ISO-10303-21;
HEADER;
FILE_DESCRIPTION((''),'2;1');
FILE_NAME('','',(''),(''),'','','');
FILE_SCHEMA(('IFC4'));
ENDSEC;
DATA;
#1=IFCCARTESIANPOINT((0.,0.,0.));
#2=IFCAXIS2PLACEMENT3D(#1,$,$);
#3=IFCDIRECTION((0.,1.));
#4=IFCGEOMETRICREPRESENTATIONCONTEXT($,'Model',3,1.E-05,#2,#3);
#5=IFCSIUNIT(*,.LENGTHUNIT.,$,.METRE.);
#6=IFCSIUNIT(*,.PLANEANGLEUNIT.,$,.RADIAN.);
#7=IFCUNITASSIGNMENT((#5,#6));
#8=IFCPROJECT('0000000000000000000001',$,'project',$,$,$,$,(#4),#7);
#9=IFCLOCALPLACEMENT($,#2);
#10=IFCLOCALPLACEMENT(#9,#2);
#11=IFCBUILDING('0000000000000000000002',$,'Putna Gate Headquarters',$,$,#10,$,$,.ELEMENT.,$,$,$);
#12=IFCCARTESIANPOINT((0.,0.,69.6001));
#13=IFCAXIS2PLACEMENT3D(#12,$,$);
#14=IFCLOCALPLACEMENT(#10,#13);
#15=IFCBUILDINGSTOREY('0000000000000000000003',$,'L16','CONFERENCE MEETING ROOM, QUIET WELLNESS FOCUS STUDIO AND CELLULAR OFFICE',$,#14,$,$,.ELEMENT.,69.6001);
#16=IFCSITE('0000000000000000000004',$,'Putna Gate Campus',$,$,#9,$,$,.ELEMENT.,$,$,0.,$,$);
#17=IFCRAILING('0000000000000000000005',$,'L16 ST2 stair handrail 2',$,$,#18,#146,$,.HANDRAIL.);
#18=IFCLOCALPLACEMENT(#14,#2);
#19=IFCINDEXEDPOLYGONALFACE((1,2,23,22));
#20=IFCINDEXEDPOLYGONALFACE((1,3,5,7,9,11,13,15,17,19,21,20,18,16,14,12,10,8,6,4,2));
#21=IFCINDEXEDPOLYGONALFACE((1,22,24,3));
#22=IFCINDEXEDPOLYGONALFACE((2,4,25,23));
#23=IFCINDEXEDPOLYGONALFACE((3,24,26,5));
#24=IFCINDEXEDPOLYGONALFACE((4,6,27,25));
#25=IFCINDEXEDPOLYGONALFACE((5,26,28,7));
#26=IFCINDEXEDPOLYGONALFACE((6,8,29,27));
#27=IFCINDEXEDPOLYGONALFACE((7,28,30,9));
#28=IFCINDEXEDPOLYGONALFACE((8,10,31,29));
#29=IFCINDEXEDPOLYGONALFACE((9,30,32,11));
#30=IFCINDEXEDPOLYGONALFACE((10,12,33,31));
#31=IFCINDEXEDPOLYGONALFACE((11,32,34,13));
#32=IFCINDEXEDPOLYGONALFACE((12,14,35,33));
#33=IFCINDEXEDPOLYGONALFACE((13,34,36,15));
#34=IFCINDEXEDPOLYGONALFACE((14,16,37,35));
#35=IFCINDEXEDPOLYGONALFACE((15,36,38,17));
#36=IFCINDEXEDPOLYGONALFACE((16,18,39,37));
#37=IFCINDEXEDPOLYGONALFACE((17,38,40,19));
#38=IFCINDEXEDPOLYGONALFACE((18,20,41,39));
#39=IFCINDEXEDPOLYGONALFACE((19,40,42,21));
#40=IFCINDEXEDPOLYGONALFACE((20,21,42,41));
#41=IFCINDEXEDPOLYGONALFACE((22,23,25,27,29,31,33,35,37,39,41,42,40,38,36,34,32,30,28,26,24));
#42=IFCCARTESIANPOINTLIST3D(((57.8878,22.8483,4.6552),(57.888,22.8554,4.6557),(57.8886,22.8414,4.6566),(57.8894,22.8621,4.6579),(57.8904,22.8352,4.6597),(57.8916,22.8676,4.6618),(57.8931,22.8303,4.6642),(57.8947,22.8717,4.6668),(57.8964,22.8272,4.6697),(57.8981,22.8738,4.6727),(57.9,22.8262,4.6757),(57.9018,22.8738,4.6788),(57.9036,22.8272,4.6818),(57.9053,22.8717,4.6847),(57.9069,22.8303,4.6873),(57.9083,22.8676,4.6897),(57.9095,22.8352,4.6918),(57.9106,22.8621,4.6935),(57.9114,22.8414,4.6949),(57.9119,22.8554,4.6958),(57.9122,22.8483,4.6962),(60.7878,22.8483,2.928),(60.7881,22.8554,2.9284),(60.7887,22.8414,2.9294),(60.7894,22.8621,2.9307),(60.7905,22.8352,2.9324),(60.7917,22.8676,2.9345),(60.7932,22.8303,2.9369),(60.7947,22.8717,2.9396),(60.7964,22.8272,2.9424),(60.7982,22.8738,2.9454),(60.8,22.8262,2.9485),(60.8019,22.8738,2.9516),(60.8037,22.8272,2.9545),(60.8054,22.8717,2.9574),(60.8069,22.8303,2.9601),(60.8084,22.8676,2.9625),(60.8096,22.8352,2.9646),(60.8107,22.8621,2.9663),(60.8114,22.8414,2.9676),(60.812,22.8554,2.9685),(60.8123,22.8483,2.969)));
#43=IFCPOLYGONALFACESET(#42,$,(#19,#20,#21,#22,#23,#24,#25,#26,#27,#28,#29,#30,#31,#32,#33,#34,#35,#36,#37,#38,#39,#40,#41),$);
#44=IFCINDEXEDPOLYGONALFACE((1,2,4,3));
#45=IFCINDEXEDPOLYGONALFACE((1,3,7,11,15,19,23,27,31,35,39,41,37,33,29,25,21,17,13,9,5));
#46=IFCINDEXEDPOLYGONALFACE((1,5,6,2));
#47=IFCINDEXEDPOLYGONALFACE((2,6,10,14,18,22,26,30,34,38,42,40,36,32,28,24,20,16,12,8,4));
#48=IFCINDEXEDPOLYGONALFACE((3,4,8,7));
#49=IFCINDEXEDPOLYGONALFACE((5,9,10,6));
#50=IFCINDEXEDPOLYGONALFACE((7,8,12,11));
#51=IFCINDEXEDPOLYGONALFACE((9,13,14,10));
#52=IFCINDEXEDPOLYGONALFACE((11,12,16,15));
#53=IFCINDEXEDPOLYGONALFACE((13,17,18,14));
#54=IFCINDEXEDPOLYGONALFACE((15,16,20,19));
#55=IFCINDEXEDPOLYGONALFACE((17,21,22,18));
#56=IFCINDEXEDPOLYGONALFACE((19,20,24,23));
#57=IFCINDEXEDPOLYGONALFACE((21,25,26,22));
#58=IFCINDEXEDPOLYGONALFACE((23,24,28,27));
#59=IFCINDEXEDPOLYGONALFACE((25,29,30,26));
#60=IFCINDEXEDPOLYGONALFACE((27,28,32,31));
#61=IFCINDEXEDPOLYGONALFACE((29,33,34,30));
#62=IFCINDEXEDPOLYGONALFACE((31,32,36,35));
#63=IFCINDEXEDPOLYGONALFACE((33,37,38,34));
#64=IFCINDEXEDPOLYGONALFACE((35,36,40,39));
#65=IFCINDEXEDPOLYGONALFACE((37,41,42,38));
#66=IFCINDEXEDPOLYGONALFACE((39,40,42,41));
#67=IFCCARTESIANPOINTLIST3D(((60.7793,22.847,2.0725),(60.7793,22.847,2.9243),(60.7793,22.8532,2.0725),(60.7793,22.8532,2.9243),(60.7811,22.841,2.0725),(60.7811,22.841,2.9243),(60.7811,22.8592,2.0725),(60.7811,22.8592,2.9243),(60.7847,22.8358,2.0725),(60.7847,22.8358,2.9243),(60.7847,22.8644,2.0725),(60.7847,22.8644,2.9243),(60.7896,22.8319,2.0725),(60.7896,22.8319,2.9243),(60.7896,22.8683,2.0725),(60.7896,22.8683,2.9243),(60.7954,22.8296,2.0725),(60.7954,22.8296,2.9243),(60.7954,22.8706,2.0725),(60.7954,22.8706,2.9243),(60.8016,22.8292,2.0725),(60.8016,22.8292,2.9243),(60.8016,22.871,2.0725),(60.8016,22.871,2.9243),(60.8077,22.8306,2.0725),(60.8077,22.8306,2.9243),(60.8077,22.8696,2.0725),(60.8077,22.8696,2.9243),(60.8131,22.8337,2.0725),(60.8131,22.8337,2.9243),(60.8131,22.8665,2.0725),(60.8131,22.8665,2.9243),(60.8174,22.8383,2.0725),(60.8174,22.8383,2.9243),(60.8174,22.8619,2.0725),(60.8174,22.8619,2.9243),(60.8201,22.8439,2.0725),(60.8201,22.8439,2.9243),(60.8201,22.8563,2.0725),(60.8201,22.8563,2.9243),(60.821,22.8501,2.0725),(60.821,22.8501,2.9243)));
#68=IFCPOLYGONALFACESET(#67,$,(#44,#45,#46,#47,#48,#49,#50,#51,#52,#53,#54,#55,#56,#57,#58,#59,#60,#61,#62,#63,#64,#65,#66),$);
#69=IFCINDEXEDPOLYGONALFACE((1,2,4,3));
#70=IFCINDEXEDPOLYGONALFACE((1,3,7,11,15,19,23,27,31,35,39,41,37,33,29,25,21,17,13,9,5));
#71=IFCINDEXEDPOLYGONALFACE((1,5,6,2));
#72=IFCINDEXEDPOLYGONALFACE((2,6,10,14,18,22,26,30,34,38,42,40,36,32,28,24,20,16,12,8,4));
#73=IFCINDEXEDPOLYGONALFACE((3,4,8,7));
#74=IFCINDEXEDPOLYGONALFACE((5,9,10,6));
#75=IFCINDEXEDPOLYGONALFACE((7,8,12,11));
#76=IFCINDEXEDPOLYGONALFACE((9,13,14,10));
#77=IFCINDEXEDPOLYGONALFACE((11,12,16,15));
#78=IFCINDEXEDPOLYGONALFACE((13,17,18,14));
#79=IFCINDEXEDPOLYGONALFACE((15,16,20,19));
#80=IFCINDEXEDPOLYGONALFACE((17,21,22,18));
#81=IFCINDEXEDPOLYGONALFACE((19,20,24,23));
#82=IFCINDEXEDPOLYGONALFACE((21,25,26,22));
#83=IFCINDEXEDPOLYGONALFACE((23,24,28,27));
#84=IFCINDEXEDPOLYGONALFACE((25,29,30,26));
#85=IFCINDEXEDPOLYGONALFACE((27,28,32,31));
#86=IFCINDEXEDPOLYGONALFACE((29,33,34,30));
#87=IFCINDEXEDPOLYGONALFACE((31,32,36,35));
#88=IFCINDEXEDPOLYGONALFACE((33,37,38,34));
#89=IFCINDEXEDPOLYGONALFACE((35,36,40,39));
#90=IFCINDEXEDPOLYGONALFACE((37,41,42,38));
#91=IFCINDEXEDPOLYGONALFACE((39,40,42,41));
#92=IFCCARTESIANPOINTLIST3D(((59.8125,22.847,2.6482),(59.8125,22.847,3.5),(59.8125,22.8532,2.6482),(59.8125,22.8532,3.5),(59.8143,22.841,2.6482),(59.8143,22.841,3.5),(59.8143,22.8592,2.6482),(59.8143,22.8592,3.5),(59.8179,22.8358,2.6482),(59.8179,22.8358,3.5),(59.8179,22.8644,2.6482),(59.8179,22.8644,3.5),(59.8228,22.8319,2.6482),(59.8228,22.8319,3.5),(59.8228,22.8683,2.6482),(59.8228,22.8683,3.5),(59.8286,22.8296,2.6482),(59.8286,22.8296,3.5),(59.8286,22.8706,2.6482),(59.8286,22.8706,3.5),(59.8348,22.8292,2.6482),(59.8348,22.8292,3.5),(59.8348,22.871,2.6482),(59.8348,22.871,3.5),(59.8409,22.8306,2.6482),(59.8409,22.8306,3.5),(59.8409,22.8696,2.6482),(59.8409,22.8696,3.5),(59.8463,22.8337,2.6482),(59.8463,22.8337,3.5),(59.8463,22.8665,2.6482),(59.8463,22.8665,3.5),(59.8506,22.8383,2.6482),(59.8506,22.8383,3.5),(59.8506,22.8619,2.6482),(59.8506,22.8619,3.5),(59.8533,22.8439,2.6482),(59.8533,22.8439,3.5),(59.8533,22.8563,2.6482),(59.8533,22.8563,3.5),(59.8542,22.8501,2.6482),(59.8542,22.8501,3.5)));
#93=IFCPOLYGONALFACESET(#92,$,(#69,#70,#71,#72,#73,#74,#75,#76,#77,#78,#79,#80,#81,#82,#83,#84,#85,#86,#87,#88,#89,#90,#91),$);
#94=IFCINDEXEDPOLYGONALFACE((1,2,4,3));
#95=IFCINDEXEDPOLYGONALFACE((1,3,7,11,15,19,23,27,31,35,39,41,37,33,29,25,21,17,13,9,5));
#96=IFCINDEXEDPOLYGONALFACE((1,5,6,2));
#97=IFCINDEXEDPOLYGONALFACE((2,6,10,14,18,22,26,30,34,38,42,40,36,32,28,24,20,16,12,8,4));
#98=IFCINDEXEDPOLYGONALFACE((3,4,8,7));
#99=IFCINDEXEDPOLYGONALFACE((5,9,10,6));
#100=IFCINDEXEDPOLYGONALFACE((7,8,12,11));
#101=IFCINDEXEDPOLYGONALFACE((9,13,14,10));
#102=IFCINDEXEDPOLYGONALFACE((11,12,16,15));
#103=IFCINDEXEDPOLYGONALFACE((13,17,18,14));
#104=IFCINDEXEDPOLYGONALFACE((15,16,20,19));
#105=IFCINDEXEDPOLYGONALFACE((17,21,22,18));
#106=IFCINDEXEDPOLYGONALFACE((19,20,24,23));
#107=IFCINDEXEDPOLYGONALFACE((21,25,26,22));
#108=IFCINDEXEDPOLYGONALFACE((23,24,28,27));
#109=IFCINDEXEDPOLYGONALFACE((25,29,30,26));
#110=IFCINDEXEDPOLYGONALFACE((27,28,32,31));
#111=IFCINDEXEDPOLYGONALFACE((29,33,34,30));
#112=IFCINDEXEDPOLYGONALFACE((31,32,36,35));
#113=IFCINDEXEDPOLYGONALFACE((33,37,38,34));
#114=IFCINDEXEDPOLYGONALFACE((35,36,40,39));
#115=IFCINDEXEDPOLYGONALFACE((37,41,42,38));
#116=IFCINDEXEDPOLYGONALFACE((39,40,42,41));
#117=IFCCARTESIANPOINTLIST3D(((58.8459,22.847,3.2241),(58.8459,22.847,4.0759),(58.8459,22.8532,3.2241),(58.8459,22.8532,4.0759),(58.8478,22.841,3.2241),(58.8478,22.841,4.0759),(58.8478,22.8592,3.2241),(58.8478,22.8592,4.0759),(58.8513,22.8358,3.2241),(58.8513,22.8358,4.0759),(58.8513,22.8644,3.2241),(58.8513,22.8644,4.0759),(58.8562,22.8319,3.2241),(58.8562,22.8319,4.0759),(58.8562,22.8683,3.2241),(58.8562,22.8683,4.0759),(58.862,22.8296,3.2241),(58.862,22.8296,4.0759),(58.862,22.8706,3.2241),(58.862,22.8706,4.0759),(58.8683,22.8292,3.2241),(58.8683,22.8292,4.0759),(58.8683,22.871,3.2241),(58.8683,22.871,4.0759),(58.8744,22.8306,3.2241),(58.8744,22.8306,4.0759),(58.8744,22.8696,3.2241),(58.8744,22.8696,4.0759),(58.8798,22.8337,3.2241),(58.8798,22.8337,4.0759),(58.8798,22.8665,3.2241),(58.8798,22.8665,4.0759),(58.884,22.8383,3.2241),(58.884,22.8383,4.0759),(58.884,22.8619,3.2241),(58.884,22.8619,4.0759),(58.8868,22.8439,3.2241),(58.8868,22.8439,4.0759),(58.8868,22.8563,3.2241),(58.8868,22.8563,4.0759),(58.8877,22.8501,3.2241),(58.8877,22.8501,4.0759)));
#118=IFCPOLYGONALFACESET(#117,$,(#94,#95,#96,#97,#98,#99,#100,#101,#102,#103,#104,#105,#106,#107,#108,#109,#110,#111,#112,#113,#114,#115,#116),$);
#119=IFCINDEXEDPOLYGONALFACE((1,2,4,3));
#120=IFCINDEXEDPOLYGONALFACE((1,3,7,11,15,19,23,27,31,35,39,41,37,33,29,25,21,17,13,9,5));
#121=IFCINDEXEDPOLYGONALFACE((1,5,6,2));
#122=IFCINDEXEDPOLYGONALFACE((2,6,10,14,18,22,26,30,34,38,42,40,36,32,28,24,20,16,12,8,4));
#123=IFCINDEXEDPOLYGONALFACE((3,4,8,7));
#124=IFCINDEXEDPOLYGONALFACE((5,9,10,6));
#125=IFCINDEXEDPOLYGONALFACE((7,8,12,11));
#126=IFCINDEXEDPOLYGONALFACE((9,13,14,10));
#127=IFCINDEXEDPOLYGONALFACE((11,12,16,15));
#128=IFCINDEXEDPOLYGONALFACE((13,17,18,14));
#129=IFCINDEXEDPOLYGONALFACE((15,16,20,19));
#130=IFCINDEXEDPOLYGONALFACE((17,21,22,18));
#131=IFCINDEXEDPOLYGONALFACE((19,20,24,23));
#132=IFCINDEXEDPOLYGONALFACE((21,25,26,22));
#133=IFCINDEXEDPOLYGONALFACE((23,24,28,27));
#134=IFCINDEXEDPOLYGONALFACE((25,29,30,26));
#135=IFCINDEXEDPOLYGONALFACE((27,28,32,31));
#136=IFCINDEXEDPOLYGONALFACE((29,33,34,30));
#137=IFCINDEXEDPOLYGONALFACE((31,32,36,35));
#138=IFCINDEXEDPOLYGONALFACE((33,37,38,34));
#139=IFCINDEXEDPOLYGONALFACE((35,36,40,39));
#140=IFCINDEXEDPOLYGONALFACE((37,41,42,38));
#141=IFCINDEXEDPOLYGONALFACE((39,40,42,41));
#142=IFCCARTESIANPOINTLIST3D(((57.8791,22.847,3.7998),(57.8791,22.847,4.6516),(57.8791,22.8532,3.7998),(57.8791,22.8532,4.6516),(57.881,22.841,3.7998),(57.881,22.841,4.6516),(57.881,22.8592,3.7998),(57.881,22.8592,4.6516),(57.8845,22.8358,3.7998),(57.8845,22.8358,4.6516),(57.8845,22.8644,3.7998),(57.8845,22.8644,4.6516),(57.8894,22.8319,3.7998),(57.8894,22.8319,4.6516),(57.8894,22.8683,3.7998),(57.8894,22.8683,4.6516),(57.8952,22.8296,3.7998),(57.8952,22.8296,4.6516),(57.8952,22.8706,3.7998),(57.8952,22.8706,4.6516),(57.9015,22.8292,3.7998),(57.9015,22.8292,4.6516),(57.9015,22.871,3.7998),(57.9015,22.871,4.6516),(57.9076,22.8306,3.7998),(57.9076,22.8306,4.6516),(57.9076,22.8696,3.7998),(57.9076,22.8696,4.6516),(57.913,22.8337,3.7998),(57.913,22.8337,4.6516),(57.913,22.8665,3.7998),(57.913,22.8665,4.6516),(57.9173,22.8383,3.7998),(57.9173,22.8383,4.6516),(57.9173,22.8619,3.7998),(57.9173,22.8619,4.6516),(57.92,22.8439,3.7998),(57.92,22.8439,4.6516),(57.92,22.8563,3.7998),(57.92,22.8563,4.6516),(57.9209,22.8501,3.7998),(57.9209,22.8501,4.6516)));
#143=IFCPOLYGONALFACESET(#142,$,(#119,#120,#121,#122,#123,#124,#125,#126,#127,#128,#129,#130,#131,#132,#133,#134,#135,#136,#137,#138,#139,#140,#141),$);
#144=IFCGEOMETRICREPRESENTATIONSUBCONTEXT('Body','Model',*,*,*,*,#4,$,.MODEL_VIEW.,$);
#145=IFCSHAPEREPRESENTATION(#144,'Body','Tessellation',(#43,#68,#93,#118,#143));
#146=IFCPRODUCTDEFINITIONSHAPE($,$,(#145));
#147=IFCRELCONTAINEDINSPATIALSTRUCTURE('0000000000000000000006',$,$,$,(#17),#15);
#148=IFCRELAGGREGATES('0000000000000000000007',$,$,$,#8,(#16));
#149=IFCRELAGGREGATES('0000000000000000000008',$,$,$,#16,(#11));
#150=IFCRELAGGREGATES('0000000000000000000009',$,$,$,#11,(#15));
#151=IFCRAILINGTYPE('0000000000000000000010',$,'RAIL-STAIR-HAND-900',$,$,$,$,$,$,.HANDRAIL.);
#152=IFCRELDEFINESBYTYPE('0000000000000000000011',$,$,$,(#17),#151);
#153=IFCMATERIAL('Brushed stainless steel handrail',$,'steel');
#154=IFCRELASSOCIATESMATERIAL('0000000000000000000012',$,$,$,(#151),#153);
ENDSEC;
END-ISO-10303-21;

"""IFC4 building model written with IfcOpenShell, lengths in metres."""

from ifc_helpers import new_model, si_unit, direction, frame, origin, origin_2d, place, context, subcontext, project, spatial, circle, extrude, material, type_object, element, save


model = new_model("IFC4")

# Units and contexts
model_context = context("Model", 3, precision=1e-05, world=origin(), true_north=direction((0.0, 1.0)))
body_context = subcontext(model_context, "Body", "Model", "MODEL_VIEW")
ifc_project = project(units=[si_unit("LENGTHUNIT", "METRE"), si_unit("PLANEANGLEUNIT", "RADIAN")], contexts=[model_context])

# Site, building, storey
site_placement = place(None, origin())
site = spatial("IfcSite", under=ifc_project, at=site_placement, Name="Putna Gate Campus", CompositionType="ELEMENT", RefElevation=0.0)
building_placement = place(site_placement, origin())
building = spatial("IfcBuilding", under=site, at=building_placement, Name="Putna Gate Headquarters", CompositionType="ELEMENT")
storey_placement = place(building_placement, frame((0.0, 0.0, 69.6001)))
storey = spatial("IfcBuildingStorey", under=building, at=storey_placement, Name="L16", Description="CONFERENCE MEETING ROOM, QUIET WELLNESS FOCUS STUDIO AND CELLULAR OFFICE", CompositionType="ELEMENT", Elevation=69.6001)

# Railing
ifc_material_1 = material(Name="Brushed stainless steel handrail", Category="steel")
railing_type = type_object("IfcRailingType", Name="RAIL-STAIR-HAND-900", PredefinedType="HANDRAIL", material=ifc_material_1)
railing_placement = place(storey_placement, frame((60.8, 22.8501, 2.0725)))
element("IfcRailing", 1, at=railing_placement, inside=storey, type_object=railing_type, Name="L16 ST2 stair handrail 2", PredefinedType="HANDRAIL", context=body_context, shape_type="SweptSolid", body=[
    extrude(circle(Radius=0.0239, at=origin_2d()), frame((0.0, 0.0, 0.876), z_axis=(-0.85916, 0.0, 0.511706), x_axis=(0.0, -1.0, 0.0)), (0.0, 0.0, 1.0), 3.3755),
    extrude(circle(Radius=0.021, at=origin_2d()), origin(), (0.0, 0.0, 1.0), 0.8518),
    extrude(circle(Radius=0.021, at=origin_2d()), frame((-0.9668, 0.0, 0.5757)), (0.0, 0.0, 1.0), 0.8518),
    extrude(circle(Radius=0.021, at=origin_2d()), frame((-1.9333, 0.0, 1.1516)), (0.0, 0.0, 1.0), 0.8518),
    extrude(circle(Radius=0.021, at=origin_2d()), frame((-2.9001, 0.0, 1.7273)), (0.0, 0.0, 1.0), 0.8518),
])

save(model, "model.ifc")
